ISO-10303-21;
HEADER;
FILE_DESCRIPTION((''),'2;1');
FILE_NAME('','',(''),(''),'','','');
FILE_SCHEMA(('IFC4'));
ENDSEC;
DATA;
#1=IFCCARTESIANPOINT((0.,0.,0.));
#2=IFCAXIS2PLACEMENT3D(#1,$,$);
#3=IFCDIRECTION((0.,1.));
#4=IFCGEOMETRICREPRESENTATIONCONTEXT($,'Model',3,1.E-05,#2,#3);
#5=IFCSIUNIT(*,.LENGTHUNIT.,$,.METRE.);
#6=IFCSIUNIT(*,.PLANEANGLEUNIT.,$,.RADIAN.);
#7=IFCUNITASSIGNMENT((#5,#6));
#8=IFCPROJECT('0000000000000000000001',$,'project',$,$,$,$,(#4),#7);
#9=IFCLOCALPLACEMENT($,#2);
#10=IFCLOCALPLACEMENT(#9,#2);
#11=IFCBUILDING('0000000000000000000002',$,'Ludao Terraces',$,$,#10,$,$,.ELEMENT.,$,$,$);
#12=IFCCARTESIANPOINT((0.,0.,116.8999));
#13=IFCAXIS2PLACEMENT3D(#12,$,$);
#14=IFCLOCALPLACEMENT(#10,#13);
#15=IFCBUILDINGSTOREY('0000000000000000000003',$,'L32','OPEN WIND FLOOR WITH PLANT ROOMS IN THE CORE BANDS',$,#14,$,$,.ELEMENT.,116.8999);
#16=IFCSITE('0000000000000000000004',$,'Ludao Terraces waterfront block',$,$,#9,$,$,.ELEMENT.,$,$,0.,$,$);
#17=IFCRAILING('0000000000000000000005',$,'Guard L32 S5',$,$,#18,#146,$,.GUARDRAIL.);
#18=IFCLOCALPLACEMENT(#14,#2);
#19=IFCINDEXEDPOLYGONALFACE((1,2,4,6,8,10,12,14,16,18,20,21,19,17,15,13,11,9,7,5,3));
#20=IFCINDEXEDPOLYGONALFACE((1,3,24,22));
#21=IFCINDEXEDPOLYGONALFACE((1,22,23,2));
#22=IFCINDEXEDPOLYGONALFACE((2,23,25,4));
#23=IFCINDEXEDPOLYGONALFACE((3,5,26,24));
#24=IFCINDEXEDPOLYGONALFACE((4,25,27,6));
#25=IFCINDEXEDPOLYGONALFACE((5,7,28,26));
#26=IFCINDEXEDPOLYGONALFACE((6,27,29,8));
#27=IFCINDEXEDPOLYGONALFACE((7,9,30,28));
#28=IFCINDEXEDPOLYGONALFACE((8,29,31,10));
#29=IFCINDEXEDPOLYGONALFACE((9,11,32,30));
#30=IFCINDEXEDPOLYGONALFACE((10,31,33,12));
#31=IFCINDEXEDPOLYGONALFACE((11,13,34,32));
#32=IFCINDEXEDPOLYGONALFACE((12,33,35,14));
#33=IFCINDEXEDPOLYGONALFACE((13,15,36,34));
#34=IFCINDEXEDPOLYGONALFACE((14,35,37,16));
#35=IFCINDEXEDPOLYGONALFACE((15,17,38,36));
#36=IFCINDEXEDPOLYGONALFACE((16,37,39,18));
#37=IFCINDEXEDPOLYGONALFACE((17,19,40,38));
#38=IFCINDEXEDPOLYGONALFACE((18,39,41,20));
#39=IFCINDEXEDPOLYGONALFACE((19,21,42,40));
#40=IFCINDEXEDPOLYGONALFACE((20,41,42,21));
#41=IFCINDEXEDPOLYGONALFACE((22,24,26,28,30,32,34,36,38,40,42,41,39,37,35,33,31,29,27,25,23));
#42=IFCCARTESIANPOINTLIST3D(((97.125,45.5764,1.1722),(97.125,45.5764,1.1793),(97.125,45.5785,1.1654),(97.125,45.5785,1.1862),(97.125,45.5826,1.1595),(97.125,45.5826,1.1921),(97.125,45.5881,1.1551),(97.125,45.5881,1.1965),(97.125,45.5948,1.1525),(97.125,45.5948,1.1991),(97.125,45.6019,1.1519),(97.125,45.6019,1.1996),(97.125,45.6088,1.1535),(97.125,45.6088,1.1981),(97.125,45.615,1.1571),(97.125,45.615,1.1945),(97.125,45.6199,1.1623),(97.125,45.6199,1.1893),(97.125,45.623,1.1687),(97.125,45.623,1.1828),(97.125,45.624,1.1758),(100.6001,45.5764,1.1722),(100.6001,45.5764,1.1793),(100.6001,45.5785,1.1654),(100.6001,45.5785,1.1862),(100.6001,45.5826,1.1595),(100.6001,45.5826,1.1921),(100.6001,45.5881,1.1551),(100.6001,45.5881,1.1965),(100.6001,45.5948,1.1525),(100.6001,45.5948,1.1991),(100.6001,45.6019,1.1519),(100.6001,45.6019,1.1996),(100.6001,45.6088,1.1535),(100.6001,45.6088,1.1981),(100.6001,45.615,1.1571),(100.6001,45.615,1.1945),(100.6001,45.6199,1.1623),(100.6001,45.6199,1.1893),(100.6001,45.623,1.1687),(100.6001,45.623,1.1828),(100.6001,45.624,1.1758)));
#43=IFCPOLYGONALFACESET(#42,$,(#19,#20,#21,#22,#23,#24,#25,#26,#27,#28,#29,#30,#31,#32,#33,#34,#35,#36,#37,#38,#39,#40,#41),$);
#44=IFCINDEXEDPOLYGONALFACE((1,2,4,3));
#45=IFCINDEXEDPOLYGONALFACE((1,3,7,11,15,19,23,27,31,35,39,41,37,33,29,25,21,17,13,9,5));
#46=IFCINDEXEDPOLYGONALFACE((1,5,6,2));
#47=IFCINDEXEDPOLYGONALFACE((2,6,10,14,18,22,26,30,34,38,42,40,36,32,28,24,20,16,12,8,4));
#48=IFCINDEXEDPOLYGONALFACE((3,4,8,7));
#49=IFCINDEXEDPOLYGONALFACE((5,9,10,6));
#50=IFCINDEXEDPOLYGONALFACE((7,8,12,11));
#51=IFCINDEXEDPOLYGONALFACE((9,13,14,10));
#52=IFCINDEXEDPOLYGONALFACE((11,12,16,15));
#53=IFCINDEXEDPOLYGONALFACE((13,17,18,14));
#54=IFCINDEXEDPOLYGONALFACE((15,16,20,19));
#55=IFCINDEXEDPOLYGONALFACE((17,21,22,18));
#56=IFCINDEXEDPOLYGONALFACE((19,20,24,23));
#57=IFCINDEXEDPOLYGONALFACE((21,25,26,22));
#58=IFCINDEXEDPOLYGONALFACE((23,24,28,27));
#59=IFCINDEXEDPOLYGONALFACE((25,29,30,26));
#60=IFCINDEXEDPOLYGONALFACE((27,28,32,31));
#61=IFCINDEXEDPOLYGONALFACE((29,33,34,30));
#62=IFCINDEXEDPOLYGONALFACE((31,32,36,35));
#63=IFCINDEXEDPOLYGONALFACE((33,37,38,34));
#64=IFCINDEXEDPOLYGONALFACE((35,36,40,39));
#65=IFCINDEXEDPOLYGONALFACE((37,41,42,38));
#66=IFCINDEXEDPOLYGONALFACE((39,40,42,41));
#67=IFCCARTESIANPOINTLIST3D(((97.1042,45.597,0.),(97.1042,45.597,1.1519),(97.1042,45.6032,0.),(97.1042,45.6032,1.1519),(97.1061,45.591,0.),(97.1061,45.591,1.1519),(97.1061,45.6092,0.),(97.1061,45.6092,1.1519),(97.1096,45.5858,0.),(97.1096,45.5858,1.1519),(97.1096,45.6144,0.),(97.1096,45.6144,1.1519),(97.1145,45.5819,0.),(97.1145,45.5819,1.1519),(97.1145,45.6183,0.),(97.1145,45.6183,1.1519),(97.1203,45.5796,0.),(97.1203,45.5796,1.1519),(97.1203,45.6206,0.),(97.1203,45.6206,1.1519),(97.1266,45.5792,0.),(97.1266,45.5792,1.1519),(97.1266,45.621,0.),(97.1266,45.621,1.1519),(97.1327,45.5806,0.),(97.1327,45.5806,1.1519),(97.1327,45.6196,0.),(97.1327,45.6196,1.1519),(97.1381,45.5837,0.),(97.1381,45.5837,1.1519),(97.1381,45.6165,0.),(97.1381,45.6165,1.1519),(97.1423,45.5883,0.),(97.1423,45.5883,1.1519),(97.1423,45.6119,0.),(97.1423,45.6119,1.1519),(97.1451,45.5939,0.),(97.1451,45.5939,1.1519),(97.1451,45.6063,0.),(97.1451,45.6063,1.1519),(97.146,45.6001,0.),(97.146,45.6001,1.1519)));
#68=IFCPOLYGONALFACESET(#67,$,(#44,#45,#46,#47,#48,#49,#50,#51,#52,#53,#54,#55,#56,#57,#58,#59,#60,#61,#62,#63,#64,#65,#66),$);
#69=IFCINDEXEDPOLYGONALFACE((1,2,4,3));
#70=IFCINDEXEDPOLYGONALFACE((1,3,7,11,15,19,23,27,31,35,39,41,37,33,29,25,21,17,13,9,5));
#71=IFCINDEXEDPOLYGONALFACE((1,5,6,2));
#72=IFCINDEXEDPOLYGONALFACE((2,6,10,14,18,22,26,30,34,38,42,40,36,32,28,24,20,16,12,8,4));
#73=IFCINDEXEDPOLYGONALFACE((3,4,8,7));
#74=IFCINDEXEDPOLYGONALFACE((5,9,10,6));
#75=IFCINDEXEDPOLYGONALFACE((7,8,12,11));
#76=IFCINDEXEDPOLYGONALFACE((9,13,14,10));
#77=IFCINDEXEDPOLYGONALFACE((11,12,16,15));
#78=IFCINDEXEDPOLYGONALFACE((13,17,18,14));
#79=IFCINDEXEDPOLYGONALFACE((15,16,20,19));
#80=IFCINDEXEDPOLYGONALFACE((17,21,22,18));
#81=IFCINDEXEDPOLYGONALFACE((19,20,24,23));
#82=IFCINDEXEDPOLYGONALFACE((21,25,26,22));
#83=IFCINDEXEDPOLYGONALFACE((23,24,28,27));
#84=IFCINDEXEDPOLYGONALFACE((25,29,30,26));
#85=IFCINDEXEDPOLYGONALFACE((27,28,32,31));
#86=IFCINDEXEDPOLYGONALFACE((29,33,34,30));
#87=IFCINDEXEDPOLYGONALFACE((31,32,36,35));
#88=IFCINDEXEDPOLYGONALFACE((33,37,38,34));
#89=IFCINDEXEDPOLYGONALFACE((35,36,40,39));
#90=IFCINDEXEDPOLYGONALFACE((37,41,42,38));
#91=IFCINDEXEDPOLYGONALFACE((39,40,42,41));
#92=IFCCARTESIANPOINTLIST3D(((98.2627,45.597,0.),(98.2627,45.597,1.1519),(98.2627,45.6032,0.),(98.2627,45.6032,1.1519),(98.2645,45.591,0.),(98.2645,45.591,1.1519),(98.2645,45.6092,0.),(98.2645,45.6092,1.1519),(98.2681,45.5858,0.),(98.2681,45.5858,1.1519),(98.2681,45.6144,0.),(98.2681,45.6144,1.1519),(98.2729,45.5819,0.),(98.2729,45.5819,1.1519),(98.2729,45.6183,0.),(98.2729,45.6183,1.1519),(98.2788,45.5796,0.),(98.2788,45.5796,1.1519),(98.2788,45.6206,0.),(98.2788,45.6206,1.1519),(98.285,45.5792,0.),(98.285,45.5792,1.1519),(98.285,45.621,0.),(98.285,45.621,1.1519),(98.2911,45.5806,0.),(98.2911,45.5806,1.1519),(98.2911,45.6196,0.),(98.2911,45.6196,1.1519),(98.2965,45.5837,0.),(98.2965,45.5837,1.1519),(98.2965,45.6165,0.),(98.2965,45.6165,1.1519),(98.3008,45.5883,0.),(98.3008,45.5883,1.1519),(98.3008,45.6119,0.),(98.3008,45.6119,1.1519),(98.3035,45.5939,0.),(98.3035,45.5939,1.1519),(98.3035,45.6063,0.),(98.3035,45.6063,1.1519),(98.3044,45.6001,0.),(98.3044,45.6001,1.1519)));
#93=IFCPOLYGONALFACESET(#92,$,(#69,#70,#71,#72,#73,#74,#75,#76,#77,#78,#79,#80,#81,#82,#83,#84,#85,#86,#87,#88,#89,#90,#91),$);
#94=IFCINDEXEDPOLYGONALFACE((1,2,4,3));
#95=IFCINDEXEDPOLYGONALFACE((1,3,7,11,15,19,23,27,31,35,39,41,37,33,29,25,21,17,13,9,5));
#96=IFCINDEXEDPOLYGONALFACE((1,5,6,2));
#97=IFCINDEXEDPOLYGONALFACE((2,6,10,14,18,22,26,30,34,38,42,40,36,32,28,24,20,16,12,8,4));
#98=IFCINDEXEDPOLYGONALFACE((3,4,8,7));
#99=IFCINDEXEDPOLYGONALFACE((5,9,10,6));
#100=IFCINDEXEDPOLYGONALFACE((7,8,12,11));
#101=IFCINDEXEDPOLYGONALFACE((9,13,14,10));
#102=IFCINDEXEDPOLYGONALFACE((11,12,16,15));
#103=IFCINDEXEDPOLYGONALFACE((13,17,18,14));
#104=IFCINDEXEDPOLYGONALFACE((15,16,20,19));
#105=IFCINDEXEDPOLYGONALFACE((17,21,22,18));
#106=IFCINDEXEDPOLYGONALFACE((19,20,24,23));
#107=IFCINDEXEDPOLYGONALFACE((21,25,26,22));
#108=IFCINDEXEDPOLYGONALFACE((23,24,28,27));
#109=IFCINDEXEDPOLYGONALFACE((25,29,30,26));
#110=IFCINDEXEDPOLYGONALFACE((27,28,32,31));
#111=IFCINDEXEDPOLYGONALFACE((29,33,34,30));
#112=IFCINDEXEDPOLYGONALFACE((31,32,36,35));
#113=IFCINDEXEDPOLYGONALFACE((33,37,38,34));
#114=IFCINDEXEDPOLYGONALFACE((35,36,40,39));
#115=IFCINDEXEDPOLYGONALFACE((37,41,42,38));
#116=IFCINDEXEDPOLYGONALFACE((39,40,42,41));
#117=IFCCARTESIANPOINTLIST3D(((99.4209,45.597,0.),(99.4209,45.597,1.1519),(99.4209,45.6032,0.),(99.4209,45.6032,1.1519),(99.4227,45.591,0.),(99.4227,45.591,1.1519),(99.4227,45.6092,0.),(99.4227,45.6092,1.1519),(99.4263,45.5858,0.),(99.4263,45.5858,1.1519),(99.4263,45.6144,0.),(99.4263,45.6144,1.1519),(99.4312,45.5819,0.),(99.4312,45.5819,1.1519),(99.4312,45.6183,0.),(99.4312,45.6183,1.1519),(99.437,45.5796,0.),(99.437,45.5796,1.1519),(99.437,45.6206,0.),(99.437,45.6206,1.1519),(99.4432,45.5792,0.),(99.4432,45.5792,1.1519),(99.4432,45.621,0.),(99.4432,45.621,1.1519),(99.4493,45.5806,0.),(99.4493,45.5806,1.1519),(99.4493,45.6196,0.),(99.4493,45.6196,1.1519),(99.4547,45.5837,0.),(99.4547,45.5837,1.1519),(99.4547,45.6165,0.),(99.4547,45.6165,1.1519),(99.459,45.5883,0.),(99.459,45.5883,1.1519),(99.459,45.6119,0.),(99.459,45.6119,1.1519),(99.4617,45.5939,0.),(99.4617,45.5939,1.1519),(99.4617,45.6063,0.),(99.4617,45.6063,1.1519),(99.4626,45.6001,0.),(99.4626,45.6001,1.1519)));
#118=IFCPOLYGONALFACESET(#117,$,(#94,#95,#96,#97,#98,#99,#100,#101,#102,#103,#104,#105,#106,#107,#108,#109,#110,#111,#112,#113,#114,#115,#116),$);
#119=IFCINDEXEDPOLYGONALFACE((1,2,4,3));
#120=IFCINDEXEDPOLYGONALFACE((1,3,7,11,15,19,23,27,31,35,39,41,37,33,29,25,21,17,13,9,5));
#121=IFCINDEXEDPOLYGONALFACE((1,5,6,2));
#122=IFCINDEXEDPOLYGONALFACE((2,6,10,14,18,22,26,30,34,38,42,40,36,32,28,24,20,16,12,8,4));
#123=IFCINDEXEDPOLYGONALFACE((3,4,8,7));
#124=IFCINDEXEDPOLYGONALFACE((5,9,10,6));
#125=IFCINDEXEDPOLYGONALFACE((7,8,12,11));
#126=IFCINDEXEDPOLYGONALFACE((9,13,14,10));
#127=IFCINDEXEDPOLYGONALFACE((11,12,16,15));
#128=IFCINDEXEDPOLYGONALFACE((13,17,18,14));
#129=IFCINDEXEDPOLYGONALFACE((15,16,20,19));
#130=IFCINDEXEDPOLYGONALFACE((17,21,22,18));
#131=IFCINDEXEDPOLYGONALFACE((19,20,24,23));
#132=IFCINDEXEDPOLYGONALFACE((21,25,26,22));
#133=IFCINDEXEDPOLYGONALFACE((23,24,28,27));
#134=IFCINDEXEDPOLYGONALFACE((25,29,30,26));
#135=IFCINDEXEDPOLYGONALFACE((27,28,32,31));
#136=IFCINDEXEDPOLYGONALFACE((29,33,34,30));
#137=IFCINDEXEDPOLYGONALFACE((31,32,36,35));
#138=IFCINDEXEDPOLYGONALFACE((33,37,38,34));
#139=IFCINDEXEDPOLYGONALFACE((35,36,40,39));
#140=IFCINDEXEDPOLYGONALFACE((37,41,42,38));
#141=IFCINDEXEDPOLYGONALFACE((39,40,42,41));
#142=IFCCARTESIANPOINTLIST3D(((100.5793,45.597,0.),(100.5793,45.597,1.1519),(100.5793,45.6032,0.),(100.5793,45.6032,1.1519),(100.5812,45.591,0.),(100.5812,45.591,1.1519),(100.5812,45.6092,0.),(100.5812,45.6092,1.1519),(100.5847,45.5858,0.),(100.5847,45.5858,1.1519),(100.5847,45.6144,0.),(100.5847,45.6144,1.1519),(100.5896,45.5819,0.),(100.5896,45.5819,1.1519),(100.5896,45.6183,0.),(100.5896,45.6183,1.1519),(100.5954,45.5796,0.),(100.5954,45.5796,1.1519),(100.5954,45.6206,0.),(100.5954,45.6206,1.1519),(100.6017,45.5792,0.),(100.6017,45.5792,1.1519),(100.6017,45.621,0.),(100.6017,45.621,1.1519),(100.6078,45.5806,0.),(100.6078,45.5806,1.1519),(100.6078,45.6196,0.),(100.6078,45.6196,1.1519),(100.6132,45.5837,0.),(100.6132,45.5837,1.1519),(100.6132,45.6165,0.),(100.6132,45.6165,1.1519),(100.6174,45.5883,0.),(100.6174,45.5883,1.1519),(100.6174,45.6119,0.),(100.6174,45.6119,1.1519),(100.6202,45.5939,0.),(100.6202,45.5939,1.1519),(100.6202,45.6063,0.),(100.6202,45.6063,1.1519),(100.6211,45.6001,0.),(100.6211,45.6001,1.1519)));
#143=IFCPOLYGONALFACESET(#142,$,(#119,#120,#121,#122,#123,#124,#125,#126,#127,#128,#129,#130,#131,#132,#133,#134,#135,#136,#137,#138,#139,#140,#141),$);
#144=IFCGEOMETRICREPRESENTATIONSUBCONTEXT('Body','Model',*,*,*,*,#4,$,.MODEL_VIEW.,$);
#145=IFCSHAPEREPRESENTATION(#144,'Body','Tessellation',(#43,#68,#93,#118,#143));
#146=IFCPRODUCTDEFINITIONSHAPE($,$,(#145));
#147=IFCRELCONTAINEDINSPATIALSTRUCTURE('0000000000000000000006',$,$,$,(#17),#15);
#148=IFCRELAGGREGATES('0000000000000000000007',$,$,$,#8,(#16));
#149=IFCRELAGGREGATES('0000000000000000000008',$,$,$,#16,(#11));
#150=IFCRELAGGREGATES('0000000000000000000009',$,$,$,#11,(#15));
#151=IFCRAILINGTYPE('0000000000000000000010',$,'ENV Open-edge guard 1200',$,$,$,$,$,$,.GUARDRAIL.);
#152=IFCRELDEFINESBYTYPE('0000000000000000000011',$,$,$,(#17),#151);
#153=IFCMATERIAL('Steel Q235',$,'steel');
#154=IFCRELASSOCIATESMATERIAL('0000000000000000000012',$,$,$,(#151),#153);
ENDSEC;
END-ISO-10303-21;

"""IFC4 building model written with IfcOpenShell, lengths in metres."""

from ifc_helpers import new_model, si_unit, direction, frame, origin, origin_2d, place, context, subcontext, project, spatial, circle, extrude, material, type_object, element, save


model = new_model("IFC4")

# Units and contexts
model_context = context("Model", 3, precision=1e-05, world=origin(), true_north=direction((0.0, 1.0)))
body_context = subcontext(model_context, "Body", "Model", "MODEL_VIEW")
ifc_project = project(units=[si_unit("LENGTHUNIT", "METRE"), si_unit("PLANEANGLEUNIT", "RADIAN")], contexts=[model_context])

# Site, building, storey
site_placement = place(None, origin())
site = spatial("IfcSite", under=ifc_project, at=site_placement, Name="Ludao Terraces waterfront block", CompositionType="ELEMENT", RefElevation=0.0)
building_placement = place(site_placement, origin())
building = spatial("IfcBuilding", under=site, at=building_placement, Name="Ludao Terraces", CompositionType="ELEMENT")
storey_placement = place(building_placement, frame((0.0, 0.0, 116.8999)))
storey = spatial("IfcBuildingStorey", under=building, at=storey_placement, Name="L32", Description="OPEN WIND FLOOR WITH PLANT ROOMS IN THE CORE BANDS", CompositionType="ELEMENT", Elevation=116.8999)

# Shared definitions
ifc_material_1 = material(Name="Steel Q235", Category="steel")

# Railing
railing_type_1 = type_object("IfcRailingType", Name="ENV Open-edge guard 1200", PredefinedType="GUARDRAIL", material=ifc_material_1)
railing_1_placement = place(storey_placement, frame((97.125, 45.6001, 0.0)))
element("IfcRailing", 1, at=railing_1_placement, inside=storey, type_object=railing_type_1, Name="Guard L32 S5", PredefinedType="GUARDRAIL", context=body_context, shape_type="SweptSolid", body=[
    extrude(circle(Radius=0.0239, at=origin_2d()), frame((0.0, 0.0, 1.1758), z_axis=(1.0, 0.0, 0.0), x_axis=(0.0, 1.0, 0.0)), (0.0, 0.0, 1.0), 3.4751),
    extrude(circle(Radius=0.021, at=origin_2d()), origin(), (0.0, 0.0, 1.0), 1.1519),
    extrude(circle(Radius=0.021, at=origin_2d()), frame((1.1584, 0.0, 0.0)), (0.0, 0.0, 1.0), 1.1519),
    extrude(circle(Radius=0.021, at=origin_2d()), frame((2.3167, 0.0, 0.0)), (0.0, 0.0, 1.0), 1.1519),
    extrude(circle(Radius=0.021, at=origin_2d()), frame((3.4751, 0.0, 0.0)), (0.0, 0.0, 1.0), 1.1519),
])

save(model, "model.ifc")
